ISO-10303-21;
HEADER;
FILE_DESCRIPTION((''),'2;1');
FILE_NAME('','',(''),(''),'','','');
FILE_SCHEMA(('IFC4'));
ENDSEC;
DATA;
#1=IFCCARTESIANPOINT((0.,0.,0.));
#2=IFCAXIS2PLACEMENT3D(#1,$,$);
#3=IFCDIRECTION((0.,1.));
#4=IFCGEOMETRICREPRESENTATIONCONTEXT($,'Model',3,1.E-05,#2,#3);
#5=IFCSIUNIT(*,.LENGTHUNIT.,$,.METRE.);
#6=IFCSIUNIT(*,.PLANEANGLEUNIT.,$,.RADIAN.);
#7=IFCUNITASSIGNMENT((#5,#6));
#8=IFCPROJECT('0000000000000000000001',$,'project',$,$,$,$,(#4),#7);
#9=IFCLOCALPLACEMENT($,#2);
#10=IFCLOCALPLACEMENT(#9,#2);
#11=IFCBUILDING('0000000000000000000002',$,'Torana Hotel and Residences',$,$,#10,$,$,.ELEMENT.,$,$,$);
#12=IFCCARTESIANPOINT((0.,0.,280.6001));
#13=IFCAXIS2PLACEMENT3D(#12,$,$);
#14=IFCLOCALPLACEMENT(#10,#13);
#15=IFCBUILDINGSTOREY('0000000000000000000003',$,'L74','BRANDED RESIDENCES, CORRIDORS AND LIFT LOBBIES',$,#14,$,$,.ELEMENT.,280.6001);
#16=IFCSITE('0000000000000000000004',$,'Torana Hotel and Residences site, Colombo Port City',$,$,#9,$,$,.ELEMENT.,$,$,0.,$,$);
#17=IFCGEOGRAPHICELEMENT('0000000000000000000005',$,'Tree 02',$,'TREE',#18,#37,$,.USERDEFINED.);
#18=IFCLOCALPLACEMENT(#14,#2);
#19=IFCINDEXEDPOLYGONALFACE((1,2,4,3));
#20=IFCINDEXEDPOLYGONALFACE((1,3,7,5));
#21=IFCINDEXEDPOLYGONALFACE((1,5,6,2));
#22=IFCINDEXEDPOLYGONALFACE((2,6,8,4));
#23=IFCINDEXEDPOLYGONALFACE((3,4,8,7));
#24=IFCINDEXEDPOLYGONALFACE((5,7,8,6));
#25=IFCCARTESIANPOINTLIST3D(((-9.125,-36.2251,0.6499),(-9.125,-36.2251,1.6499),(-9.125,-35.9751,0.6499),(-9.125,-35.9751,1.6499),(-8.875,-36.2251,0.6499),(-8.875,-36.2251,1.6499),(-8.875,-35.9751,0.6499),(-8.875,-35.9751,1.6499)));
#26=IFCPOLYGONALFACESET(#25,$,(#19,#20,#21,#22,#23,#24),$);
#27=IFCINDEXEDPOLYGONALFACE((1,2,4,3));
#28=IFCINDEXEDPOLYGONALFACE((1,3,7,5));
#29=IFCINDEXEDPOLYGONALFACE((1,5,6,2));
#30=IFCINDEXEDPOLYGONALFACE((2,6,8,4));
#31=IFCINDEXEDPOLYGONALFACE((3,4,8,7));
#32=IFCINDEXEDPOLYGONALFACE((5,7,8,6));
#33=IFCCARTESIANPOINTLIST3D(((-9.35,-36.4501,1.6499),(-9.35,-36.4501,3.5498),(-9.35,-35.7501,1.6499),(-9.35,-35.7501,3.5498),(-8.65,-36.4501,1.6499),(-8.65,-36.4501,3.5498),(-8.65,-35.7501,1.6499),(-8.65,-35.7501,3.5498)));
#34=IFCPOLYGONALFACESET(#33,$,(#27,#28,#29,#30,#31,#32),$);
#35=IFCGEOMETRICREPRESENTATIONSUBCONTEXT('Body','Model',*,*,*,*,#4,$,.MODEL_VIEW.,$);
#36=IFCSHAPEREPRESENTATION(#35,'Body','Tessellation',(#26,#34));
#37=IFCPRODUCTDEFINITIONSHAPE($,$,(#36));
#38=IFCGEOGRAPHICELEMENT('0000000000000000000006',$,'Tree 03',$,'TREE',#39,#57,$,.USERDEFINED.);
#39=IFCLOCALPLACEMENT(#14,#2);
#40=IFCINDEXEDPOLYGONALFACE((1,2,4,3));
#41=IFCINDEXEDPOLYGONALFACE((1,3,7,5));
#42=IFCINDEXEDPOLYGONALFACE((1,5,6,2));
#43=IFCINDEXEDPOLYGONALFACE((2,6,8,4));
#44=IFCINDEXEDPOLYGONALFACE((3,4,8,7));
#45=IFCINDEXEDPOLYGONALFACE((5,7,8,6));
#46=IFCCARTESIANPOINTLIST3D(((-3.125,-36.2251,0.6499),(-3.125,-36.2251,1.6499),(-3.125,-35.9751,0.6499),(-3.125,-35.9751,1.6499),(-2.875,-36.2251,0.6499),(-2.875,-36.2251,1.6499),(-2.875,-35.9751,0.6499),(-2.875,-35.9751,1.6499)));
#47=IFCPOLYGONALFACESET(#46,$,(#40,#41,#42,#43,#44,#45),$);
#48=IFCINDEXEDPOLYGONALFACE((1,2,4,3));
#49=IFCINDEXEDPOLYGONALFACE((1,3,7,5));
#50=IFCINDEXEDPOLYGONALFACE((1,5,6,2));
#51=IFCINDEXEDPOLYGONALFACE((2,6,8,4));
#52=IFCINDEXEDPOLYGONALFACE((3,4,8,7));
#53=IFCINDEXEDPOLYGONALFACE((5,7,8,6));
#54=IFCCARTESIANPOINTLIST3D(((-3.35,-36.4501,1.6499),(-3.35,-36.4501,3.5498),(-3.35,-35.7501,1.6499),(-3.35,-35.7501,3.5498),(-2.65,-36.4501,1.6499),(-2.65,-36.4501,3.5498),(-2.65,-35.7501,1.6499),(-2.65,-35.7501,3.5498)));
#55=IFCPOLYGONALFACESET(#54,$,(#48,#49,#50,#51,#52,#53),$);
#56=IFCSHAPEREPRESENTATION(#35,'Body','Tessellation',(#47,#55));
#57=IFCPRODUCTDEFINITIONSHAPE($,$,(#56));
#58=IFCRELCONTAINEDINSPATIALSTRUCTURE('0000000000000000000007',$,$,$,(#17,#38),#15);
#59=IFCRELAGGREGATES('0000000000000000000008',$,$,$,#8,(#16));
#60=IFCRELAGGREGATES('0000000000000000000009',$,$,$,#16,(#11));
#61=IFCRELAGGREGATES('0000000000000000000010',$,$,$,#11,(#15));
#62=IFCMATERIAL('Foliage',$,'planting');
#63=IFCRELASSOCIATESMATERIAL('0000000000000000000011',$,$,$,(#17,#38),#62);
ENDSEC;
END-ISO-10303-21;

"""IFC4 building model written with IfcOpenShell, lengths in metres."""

from ifc_helpers import new_model, si_unit, direction, frame, origin, origin_2d, place, context, subcontext, project, spatial, rectangle, extrude, material, element, save


model = new_model("IFC4")

# Units and contexts
model_context = context("Model", 3, precision=1e-05, world=origin(), true_north=direction((0.0, 1.0)))
body_context = subcontext(model_context, "Body", "Model", "MODEL_VIEW")
ifc_project = project(units=[si_unit("LENGTHUNIT", "METRE"), si_unit("PLANEANGLEUNIT", "RADIAN")], contexts=[model_context])

# Site, building, storey
site_placement = place(None, origin())
site = spatial("IfcSite", under=ifc_project, at=site_placement, Name="Torana Hotel and Residences site, Colombo Port City", CompositionType="ELEMENT", RefElevation=0.0)
building_placement = place(site_placement, origin())
building = spatial("IfcBuilding", under=site, at=building_placement, Name="Torana Hotel and Residences", CompositionType="ELEMENT")
storey_placement = place(building_placement, frame((0.0, 0.0, 280.6001)))
storey = spatial("IfcBuildingStorey", under=building, at=storey_placement, Name="L74", Description="BRANDED RESIDENCES, CORRIDORS AND LIFT LOBBIES", CompositionType="ELEMENT", Elevation=280.6001)

# Geographic elements
ifc_material_1 = material(Name="Foliage", Category="planting")
for number, where, z_axis, x_axis, name in (
    (1, (-9.0, -36.1001, 0.6499), (0.0, 0.0, 1.0), (1.0, 0.0, 0.0), "Tree 02"),
    (2, (-3.0, -36.1001, 0.6499), (0.0, 0.0, 1.0), (1.0, 0.0, 0.0), "Tree 03"),
):
    element("IfcGeographicElement", number, at=place(storey_placement, frame(where, z_axis=z_axis, x_axis=x_axis)), inside=storey, material=ifc_material_1, Name=name, ObjectType="TREE", PredefinedType="USERDEFINED", context=body_context, shape_type="SweptSolid", body=[
        extrude(rectangle(XDim=0.25, YDim=0.25, at=origin_2d()), origin(), (0.0, 0.0, 1.0), 1.0),
        extrude(rectangle(XDim=0.7, YDim=0.7, at=origin_2d()), frame((0.0, 0.0, 1.0)), (0.0, 0.0, 1.0), 1.8999),
    ])

save(model, "model.ifc")
